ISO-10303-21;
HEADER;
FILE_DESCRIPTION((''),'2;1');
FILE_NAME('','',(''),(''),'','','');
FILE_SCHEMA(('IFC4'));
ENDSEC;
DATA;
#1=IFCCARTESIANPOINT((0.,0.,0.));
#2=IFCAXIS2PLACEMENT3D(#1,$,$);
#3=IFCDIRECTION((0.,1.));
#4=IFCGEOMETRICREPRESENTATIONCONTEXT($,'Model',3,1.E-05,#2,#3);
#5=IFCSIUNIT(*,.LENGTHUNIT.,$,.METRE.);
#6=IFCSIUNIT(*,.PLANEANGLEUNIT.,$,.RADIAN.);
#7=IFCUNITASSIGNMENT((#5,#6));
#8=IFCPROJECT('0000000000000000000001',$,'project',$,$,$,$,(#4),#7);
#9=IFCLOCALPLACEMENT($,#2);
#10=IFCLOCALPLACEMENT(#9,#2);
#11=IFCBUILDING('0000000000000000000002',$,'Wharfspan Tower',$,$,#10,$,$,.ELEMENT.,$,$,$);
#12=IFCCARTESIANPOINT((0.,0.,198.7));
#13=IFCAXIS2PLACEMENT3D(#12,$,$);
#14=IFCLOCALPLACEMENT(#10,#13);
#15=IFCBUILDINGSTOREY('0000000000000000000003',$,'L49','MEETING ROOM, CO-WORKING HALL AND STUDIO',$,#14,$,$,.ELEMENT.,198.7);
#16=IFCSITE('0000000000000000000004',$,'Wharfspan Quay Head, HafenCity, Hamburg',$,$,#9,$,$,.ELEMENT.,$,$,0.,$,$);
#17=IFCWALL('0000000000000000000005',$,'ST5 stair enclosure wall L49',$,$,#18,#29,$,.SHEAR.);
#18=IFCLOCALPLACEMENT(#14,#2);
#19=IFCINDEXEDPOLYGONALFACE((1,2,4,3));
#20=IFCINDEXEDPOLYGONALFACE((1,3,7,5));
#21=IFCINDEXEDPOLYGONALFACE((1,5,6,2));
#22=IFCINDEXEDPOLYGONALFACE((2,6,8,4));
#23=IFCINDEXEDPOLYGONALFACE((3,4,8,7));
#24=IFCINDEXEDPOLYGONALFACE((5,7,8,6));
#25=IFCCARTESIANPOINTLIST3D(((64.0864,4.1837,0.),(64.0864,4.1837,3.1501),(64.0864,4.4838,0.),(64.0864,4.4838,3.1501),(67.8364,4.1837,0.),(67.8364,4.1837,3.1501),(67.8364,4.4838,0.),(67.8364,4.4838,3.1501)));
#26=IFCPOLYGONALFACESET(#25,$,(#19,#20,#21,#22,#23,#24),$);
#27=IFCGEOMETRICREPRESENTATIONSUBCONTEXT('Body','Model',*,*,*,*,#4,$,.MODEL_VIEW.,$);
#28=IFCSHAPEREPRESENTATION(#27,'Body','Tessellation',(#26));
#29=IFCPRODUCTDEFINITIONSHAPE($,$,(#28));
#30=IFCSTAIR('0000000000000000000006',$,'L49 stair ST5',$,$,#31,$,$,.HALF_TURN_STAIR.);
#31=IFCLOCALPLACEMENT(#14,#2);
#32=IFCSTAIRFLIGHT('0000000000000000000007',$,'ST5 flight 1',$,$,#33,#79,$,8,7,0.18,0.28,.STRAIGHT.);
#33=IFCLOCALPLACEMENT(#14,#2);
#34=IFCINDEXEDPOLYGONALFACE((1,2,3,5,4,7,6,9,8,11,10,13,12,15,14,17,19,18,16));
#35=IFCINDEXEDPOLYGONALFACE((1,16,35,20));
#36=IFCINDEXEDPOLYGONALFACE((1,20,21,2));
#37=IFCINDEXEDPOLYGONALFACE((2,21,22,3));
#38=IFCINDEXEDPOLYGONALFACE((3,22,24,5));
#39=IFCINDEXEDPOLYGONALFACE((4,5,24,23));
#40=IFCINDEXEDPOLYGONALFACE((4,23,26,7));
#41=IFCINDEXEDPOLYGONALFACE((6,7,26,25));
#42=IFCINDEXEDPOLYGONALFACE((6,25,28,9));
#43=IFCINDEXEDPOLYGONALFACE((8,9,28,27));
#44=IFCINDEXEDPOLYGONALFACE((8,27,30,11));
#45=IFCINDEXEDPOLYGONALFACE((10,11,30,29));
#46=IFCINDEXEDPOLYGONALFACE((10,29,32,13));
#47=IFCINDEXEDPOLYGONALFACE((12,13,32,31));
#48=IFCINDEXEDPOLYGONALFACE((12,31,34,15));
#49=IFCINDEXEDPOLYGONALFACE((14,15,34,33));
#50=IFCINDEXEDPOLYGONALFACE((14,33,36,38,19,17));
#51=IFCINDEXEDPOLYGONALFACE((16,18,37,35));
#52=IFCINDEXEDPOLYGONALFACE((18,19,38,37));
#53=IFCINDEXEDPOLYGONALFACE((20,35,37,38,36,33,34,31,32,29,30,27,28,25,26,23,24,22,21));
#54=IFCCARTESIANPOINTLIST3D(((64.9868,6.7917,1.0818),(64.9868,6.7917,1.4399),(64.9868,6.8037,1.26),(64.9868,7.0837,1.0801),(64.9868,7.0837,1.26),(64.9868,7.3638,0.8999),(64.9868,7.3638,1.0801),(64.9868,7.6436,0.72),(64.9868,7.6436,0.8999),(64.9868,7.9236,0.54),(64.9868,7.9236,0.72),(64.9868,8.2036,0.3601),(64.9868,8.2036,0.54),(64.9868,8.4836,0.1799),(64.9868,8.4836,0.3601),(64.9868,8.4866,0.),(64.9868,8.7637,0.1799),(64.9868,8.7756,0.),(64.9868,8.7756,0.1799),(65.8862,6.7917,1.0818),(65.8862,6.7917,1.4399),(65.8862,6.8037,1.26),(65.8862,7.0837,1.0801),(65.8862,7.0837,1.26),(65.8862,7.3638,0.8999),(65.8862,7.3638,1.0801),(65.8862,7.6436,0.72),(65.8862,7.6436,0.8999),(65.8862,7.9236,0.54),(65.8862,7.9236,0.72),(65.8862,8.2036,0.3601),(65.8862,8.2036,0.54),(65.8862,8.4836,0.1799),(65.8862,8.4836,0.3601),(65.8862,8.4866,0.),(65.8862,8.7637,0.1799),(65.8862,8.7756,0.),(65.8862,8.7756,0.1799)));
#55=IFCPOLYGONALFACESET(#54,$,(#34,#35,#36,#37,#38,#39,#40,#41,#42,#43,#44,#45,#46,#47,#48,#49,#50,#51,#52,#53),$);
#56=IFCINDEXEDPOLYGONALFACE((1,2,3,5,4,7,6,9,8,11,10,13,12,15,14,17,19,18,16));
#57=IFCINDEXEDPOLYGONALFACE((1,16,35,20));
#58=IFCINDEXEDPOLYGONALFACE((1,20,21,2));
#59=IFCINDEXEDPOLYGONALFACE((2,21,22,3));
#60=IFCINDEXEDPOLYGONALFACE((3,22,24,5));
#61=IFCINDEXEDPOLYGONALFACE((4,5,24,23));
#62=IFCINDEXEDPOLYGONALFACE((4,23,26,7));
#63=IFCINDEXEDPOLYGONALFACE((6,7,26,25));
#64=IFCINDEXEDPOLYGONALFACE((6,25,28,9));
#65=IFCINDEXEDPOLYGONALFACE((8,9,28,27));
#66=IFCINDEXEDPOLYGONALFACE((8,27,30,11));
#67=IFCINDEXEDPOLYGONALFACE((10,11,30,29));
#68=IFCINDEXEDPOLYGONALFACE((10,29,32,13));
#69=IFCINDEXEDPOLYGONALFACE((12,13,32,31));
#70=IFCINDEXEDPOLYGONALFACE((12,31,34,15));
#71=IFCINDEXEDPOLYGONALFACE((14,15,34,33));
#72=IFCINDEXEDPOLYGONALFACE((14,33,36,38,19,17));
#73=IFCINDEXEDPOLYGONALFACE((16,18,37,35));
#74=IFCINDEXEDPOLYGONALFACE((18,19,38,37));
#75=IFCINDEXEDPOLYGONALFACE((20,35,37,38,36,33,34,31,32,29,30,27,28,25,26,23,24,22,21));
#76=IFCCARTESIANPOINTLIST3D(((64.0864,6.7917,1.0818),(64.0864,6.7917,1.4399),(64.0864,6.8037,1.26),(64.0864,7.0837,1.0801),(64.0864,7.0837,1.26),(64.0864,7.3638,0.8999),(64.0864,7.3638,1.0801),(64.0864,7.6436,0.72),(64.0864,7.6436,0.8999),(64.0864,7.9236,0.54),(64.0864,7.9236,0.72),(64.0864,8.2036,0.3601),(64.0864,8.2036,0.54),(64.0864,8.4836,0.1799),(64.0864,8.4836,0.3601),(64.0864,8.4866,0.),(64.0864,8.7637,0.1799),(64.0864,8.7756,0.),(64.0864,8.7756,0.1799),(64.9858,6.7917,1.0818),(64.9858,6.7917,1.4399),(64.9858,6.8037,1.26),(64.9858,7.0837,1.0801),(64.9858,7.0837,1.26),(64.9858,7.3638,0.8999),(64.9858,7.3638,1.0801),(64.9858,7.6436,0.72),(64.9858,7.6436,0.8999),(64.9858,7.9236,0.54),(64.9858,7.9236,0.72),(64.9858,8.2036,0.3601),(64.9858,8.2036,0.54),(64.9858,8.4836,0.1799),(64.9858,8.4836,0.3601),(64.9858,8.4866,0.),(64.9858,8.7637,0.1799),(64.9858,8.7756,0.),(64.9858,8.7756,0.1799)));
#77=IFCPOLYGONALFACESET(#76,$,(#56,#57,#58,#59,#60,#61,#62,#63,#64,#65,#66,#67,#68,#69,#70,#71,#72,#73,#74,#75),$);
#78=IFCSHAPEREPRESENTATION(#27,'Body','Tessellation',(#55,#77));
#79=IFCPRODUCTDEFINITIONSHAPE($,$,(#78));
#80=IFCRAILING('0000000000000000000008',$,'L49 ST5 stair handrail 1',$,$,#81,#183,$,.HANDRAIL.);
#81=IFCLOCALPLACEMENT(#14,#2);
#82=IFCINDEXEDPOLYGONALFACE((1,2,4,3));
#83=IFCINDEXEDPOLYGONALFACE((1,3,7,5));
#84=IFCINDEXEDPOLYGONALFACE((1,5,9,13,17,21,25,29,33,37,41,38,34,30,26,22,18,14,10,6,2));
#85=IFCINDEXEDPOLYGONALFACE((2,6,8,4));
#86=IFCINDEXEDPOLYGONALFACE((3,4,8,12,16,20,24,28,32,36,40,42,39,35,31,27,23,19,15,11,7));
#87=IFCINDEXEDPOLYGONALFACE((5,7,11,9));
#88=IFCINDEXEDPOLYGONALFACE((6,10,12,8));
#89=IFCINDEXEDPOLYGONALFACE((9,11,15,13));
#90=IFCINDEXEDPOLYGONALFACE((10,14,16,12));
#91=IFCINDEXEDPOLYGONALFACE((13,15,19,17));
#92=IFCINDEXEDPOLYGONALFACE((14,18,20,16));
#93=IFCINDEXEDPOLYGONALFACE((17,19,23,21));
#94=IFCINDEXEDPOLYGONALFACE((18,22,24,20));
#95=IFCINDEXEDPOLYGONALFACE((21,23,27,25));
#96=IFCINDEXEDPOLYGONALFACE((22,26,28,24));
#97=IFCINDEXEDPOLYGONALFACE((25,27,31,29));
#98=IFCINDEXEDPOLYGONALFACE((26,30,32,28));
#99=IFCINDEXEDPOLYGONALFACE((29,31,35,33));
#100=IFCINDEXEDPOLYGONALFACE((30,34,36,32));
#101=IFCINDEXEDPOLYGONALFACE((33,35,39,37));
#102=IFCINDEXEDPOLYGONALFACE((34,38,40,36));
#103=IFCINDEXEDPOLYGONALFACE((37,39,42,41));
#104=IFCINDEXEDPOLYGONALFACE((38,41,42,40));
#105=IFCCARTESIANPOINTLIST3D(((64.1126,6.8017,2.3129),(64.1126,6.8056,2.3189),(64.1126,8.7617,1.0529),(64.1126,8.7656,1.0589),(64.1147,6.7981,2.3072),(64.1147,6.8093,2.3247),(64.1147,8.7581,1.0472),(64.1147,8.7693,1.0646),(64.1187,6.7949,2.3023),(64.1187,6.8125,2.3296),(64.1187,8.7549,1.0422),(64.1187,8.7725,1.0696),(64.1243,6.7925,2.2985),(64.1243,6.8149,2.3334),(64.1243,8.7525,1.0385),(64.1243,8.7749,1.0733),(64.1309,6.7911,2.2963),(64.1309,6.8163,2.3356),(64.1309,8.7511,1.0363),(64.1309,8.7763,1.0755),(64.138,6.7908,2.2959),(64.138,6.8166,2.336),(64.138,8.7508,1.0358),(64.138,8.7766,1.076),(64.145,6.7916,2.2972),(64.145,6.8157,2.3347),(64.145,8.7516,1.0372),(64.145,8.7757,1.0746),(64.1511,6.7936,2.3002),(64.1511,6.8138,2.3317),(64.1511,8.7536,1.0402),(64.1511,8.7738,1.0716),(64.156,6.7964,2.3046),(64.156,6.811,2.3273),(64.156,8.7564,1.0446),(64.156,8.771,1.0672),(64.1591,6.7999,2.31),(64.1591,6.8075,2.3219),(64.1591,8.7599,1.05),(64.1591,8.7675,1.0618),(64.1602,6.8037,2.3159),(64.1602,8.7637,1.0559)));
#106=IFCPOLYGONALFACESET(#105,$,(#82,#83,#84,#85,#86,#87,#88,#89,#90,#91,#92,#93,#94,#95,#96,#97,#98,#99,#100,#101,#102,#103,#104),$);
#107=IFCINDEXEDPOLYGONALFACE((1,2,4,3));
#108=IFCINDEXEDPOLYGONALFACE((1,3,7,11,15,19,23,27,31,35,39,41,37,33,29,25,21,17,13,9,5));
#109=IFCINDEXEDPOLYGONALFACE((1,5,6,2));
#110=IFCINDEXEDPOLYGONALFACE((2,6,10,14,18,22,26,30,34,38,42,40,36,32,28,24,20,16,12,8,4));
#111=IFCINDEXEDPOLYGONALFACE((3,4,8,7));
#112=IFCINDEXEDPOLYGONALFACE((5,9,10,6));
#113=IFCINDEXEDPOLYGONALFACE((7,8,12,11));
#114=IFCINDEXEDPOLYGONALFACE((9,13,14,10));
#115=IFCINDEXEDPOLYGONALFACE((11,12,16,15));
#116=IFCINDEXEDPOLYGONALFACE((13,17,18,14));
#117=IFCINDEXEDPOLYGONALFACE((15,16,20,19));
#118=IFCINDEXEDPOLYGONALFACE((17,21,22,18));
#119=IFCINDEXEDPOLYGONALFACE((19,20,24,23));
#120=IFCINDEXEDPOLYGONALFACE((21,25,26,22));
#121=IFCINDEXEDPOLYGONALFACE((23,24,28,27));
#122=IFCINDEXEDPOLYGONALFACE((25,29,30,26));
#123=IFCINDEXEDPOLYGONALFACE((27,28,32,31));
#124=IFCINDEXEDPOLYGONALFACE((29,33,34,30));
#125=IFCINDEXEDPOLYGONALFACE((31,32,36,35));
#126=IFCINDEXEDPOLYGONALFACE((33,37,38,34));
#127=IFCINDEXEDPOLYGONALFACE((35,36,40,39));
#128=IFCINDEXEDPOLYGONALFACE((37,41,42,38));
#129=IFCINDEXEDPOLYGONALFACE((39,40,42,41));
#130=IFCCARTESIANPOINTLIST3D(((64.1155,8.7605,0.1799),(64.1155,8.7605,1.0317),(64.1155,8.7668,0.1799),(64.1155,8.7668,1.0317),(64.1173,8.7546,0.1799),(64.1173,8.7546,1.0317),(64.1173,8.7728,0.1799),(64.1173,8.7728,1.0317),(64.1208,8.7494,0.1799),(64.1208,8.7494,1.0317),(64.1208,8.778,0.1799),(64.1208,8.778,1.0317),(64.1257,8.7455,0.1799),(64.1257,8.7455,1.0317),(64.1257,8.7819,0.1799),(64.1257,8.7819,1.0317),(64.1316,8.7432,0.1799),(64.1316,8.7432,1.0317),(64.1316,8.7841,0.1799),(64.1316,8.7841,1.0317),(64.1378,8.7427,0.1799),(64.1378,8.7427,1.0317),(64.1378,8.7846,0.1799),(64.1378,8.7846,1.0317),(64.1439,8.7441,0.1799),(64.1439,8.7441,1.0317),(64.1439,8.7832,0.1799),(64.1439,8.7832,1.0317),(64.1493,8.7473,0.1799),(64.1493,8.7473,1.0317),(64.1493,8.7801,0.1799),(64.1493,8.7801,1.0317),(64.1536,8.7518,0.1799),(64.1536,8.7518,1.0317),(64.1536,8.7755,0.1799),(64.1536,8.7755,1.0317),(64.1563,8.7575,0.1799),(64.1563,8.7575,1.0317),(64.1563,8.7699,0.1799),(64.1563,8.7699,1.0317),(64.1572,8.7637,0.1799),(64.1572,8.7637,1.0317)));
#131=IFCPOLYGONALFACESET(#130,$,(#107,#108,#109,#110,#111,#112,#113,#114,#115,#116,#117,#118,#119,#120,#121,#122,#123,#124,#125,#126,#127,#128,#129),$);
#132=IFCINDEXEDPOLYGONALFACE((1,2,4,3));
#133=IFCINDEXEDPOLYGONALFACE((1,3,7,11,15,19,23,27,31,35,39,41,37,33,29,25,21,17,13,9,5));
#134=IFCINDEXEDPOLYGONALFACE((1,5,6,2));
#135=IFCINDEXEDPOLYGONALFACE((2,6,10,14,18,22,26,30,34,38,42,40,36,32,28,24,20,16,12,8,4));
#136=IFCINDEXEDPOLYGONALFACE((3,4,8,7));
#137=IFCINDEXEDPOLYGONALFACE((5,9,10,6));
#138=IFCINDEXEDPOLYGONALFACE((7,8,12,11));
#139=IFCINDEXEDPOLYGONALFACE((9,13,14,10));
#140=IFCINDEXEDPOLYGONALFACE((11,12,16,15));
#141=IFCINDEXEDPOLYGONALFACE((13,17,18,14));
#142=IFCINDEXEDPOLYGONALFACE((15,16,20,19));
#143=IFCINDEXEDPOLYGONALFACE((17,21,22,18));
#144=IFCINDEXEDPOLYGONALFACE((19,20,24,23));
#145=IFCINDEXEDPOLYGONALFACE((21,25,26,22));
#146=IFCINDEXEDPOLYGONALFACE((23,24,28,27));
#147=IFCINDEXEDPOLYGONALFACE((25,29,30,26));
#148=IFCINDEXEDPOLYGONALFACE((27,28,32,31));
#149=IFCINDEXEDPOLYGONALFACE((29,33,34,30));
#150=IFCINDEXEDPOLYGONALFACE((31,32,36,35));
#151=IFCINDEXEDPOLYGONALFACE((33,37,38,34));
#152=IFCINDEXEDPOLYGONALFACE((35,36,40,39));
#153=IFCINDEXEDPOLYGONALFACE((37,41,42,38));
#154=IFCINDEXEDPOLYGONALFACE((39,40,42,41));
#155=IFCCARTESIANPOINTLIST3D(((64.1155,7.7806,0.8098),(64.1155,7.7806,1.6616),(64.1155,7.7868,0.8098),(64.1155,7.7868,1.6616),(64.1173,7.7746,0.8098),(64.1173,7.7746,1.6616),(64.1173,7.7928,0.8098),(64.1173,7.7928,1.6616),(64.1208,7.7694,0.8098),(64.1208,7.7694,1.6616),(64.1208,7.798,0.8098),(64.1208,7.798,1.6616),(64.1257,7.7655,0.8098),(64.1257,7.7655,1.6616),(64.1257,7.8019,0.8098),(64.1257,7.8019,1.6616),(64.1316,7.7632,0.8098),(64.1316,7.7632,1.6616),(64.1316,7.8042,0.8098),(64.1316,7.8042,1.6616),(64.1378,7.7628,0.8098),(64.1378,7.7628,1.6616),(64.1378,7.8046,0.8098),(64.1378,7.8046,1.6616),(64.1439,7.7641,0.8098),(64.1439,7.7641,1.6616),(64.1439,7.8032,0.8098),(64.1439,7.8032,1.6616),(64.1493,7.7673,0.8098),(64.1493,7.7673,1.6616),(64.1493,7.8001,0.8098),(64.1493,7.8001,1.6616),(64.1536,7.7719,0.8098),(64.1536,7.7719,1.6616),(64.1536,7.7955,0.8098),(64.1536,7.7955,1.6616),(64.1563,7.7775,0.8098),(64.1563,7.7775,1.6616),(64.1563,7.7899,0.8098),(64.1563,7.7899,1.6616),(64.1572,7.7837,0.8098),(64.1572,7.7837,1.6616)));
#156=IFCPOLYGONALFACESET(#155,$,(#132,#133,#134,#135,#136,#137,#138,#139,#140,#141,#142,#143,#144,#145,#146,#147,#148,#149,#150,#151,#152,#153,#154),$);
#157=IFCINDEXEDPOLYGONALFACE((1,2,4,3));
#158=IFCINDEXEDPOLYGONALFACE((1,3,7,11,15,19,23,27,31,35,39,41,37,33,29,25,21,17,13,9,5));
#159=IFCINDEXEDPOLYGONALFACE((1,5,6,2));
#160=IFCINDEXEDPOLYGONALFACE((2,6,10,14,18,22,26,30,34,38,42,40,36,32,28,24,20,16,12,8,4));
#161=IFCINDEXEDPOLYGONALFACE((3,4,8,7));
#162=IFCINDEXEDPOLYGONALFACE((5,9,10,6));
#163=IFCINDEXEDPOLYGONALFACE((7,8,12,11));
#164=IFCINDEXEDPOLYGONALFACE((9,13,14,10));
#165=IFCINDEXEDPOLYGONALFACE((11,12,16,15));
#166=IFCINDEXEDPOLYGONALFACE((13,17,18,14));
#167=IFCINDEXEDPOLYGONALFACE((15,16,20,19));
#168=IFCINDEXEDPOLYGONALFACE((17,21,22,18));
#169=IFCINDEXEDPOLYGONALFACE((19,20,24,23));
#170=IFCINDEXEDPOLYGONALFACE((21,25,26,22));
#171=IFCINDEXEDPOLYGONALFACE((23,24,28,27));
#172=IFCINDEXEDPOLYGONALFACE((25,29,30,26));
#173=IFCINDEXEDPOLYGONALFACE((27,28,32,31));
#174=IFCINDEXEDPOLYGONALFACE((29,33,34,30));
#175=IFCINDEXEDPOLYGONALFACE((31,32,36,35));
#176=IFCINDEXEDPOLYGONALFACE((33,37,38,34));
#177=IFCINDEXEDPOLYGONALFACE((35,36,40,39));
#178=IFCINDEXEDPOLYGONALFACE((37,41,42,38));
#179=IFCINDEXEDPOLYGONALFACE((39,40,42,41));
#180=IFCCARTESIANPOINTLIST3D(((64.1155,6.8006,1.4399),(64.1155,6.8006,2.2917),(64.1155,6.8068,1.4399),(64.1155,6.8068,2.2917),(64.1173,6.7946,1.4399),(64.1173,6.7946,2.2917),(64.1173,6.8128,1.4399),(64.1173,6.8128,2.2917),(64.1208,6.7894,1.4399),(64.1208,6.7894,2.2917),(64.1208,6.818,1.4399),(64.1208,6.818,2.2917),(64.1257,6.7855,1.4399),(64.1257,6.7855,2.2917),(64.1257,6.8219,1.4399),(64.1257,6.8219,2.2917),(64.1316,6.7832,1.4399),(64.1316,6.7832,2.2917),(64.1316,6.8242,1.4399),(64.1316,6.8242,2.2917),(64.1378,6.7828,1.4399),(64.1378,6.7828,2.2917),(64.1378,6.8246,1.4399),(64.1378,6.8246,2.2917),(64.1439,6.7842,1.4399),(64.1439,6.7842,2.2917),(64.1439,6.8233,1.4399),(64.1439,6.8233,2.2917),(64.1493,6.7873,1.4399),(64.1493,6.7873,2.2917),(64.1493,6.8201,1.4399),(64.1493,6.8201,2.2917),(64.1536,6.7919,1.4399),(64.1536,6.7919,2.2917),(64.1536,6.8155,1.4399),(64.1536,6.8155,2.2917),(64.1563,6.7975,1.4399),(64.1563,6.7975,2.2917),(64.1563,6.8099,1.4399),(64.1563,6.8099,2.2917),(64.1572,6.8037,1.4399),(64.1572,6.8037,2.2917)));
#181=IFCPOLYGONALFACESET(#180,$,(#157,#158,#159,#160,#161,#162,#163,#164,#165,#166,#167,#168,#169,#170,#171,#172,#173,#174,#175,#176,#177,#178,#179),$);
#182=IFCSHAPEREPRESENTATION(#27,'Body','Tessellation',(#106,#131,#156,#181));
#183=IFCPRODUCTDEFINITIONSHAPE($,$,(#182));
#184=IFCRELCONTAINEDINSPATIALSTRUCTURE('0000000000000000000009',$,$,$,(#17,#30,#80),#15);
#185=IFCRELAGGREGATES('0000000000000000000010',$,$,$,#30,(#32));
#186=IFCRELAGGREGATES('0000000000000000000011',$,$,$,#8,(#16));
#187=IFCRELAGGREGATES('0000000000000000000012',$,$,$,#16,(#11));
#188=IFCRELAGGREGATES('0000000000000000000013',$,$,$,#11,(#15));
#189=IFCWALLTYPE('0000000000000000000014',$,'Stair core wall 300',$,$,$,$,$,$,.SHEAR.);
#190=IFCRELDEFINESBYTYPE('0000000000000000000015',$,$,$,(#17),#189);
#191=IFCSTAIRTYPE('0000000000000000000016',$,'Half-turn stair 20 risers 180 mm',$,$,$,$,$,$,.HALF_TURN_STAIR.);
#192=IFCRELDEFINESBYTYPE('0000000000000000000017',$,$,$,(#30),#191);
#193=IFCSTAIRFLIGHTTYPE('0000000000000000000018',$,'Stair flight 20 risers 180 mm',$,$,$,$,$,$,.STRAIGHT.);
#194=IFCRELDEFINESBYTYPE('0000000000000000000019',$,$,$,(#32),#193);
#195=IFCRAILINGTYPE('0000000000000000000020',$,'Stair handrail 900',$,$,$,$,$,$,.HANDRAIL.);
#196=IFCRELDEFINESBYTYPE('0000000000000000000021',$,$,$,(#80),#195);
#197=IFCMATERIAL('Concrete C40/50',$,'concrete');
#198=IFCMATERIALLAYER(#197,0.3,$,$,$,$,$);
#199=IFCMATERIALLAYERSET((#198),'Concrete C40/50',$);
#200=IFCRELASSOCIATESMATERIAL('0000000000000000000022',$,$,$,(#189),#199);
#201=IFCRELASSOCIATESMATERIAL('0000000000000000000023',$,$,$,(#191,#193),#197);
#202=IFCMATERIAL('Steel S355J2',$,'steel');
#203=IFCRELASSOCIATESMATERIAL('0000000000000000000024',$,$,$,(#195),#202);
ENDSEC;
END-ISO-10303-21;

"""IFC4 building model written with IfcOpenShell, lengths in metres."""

from ifc_helpers import new_model, si_unit, direction, frame, frame_2d, origin, origin_2d, place, context, subcontext, project, spatial, polyline, rectangle, circle, outline, extrude, material, layer, layer_set, type_object, element, aggregate, save


model = new_model("IFC4")

# Units and contexts
model_context = context("Model", 3, precision=1e-05, world=origin(), true_north=direction((0.0, 1.0)))
body_context = subcontext(model_context, "Body", "Model", "MODEL_VIEW")
ifc_project = project(units=[si_unit("LENGTHUNIT", "METRE"), si_unit("PLANEANGLEUNIT", "RADIAN")], contexts=[model_context])

# Site, building, storey
site_placement = place(None, origin())
site = spatial("IfcSite", under=ifc_project, at=site_placement, Name="Wharfspan Quay Head, HafenCity, Hamburg", CompositionType="ELEMENT", RefElevation=0.0)
building_placement = place(site_placement, origin())
building = spatial("IfcBuilding", under=site, at=building_placement, Name="Wharfspan Tower", CompositionType="ELEMENT")
storey_placement = place(building_placement, frame((0.0, 0.0, 198.7)))
storey = spatial("IfcBuildingStorey", under=building, at=storey_placement, Name="L49", Description="MEETING ROOM, CO-WORKING HALL AND STUDIO", CompositionType="ELEMENT", Elevation=198.7)

# Shared definitions
ifc_material_1 = material(Name="Steel S355J2", Category="steel")

# Shared definitions
ifc_material_2 = material(Name="Concrete C40/50", Category="concrete")
ifc_layer_1 = layer(ifc_material_2, 0.3)
ifc_layer_set_1 = layer_set([ifc_layer_1], Name="Concrete C40/50")
wall_type_1 = type_object("IfcWallType", Name="Stair core wall 300", PredefinedType="SHEAR", material=ifc_layer_set_1)

# Wall
wall_1_placement = place(storey_placement, frame((64.0864, 4.3337, 0.0), z_axis=(0.0, 0.0, 1.0), x_axis=(1.0, 0.0, 0.0)))
element("IfcWall", 1, at=wall_1_placement, inside=storey, type_object=wall_type_1, Name="ST5 stair enclosure wall L49", PredefinedType="SHEAR", context=body_context, shape_type="SweptSolid", body=[
    extrude(rectangle(XDim=3.75, YDim=0.3, at=frame_2d((1.875, 0.0))), origin(), (0.0, 0.0, 1.0), 3.1501),
])

# Stair, stair flight
stair_type = type_object("IfcStairType", Name="Half-turn stair 20 risers 180 mm", PredefinedType="HALF_TURN_STAIR", material=ifc_material_2)
stair_placement = place(storey_placement, origin())
stair = element("IfcStair", 2, at=stair_placement, inside=storey, type_object=stair_type, Name="L49 stair ST5", PredefinedType="HALF_TURN_STAIR")
stair_flight_type = type_object("IfcStairFlightType", Name="Stair flight 20 risers 180 mm", PredefinedType="STRAIGHT", material=ifc_material_2)
stair_flight_placement = place(storey_placement, frame((64.9863, 8.7637, 0.0), z_axis=(0.0, 0.0, 1.0), x_axis=(0.0, -1.0, 0.0)))
stair_flight = element("IfcStairFlight", 3, at=stair_flight_placement, type_object=stair_flight_type, Name="ST5 flight 1", NumberOfRisers=8, NumberOfTreads=7, PredefinedType="STRAIGHT", RiserHeight=0.18, TreadLength=0.28, context=body_context, shape_type="SweptSolid", body=[
    extrude(outline(polyline([(-0.012, 0.0), (-0.012, 0.1799), (0.0, 0.1799), (0.28, 0.1799), (0.28, 0.3601), (0.5601, 0.3601), (0.5601, 0.54), (0.8401, 0.54), (0.8401, 0.72), (1.1201, 0.72), (1.1201, 0.8999), (1.3999, 0.8999), (1.3999, 1.0801), (1.6799, 1.0801), (1.6799, 1.26), (1.96, 1.26), (1.9719, 1.4399), (1.9719, 1.0818), (0.2771, 0.0), (-0.012, 0.0)])), frame((0.0, 0.8999, 0.0), z_axis=(0.0, -1.0, 0.0), x_axis=(1.0, 0.0, 0.0)), (0.0, 0.0, 1.0), 0.8994),
    extrude(outline(polyline([(-0.012, 0.0), (-0.012, 0.1799), (0.0, 0.1799), (0.28, 0.1799), (0.28, 0.3601), (0.5601, 0.3601), (0.5601, 0.54), (0.8401, 0.54), (0.8401, 0.72), (1.1201, 0.72), (1.1201, 0.8999), (1.3999, 0.8999), (1.3999, 1.0801), (1.6799, 1.0801), (1.6799, 1.26), (1.96, 1.26), (1.9719, 1.4399), (1.9719, 1.0818), (0.2771, 0.0), (-0.012, 0.0)])), frame((0.0, -0.0005, 0.0), z_axis=(0.0, -1.0, 0.0), x_axis=(1.0, 0.0, 0.0)), (0.0, 0.0, 1.0), 0.8994),
])
aggregate(stair, [stair_flight])

# Railing
railing_type_1 = type_object("IfcRailingType", Name="Stair handrail 900", PredefinedType="HANDRAIL", material=ifc_material_1)
railing_1_placement = place(storey_placement, frame((64.1362, 8.7637, 0.1799)))
element("IfcRailing", 4, at=railing_1_placement, inside=storey, type_object=railing_type_1, Name="L49 ST5 stair handrail 1", PredefinedType="HANDRAIL", context=body_context, shape_type="SweptSolid", body=[
    extrude(circle(Radius=0.0239, at=origin_2d()), frame((0.0, 0.0, 0.876), z_axis=(0.0, -0.841172, 0.540768), x_axis=(1.0, 0.0, 0.0)), (0.0, 0.0, 1.0), 2.3301),
    extrude(circle(Radius=0.021, at=origin_2d()), origin(), (0.0, 0.0, 1.0), 0.8518),
    extrude(circle(Radius=0.021, at=origin_2d()), frame((0.0, -0.98, 0.6299)), (0.0, 0.0, 1.0), 0.8518),
    extrude(circle(Radius=0.021, at=origin_2d()), frame((0.0, -1.96, 1.26)), (0.0, 0.0, 1.0), 0.8518),
])

save(model, "model.ifc")
